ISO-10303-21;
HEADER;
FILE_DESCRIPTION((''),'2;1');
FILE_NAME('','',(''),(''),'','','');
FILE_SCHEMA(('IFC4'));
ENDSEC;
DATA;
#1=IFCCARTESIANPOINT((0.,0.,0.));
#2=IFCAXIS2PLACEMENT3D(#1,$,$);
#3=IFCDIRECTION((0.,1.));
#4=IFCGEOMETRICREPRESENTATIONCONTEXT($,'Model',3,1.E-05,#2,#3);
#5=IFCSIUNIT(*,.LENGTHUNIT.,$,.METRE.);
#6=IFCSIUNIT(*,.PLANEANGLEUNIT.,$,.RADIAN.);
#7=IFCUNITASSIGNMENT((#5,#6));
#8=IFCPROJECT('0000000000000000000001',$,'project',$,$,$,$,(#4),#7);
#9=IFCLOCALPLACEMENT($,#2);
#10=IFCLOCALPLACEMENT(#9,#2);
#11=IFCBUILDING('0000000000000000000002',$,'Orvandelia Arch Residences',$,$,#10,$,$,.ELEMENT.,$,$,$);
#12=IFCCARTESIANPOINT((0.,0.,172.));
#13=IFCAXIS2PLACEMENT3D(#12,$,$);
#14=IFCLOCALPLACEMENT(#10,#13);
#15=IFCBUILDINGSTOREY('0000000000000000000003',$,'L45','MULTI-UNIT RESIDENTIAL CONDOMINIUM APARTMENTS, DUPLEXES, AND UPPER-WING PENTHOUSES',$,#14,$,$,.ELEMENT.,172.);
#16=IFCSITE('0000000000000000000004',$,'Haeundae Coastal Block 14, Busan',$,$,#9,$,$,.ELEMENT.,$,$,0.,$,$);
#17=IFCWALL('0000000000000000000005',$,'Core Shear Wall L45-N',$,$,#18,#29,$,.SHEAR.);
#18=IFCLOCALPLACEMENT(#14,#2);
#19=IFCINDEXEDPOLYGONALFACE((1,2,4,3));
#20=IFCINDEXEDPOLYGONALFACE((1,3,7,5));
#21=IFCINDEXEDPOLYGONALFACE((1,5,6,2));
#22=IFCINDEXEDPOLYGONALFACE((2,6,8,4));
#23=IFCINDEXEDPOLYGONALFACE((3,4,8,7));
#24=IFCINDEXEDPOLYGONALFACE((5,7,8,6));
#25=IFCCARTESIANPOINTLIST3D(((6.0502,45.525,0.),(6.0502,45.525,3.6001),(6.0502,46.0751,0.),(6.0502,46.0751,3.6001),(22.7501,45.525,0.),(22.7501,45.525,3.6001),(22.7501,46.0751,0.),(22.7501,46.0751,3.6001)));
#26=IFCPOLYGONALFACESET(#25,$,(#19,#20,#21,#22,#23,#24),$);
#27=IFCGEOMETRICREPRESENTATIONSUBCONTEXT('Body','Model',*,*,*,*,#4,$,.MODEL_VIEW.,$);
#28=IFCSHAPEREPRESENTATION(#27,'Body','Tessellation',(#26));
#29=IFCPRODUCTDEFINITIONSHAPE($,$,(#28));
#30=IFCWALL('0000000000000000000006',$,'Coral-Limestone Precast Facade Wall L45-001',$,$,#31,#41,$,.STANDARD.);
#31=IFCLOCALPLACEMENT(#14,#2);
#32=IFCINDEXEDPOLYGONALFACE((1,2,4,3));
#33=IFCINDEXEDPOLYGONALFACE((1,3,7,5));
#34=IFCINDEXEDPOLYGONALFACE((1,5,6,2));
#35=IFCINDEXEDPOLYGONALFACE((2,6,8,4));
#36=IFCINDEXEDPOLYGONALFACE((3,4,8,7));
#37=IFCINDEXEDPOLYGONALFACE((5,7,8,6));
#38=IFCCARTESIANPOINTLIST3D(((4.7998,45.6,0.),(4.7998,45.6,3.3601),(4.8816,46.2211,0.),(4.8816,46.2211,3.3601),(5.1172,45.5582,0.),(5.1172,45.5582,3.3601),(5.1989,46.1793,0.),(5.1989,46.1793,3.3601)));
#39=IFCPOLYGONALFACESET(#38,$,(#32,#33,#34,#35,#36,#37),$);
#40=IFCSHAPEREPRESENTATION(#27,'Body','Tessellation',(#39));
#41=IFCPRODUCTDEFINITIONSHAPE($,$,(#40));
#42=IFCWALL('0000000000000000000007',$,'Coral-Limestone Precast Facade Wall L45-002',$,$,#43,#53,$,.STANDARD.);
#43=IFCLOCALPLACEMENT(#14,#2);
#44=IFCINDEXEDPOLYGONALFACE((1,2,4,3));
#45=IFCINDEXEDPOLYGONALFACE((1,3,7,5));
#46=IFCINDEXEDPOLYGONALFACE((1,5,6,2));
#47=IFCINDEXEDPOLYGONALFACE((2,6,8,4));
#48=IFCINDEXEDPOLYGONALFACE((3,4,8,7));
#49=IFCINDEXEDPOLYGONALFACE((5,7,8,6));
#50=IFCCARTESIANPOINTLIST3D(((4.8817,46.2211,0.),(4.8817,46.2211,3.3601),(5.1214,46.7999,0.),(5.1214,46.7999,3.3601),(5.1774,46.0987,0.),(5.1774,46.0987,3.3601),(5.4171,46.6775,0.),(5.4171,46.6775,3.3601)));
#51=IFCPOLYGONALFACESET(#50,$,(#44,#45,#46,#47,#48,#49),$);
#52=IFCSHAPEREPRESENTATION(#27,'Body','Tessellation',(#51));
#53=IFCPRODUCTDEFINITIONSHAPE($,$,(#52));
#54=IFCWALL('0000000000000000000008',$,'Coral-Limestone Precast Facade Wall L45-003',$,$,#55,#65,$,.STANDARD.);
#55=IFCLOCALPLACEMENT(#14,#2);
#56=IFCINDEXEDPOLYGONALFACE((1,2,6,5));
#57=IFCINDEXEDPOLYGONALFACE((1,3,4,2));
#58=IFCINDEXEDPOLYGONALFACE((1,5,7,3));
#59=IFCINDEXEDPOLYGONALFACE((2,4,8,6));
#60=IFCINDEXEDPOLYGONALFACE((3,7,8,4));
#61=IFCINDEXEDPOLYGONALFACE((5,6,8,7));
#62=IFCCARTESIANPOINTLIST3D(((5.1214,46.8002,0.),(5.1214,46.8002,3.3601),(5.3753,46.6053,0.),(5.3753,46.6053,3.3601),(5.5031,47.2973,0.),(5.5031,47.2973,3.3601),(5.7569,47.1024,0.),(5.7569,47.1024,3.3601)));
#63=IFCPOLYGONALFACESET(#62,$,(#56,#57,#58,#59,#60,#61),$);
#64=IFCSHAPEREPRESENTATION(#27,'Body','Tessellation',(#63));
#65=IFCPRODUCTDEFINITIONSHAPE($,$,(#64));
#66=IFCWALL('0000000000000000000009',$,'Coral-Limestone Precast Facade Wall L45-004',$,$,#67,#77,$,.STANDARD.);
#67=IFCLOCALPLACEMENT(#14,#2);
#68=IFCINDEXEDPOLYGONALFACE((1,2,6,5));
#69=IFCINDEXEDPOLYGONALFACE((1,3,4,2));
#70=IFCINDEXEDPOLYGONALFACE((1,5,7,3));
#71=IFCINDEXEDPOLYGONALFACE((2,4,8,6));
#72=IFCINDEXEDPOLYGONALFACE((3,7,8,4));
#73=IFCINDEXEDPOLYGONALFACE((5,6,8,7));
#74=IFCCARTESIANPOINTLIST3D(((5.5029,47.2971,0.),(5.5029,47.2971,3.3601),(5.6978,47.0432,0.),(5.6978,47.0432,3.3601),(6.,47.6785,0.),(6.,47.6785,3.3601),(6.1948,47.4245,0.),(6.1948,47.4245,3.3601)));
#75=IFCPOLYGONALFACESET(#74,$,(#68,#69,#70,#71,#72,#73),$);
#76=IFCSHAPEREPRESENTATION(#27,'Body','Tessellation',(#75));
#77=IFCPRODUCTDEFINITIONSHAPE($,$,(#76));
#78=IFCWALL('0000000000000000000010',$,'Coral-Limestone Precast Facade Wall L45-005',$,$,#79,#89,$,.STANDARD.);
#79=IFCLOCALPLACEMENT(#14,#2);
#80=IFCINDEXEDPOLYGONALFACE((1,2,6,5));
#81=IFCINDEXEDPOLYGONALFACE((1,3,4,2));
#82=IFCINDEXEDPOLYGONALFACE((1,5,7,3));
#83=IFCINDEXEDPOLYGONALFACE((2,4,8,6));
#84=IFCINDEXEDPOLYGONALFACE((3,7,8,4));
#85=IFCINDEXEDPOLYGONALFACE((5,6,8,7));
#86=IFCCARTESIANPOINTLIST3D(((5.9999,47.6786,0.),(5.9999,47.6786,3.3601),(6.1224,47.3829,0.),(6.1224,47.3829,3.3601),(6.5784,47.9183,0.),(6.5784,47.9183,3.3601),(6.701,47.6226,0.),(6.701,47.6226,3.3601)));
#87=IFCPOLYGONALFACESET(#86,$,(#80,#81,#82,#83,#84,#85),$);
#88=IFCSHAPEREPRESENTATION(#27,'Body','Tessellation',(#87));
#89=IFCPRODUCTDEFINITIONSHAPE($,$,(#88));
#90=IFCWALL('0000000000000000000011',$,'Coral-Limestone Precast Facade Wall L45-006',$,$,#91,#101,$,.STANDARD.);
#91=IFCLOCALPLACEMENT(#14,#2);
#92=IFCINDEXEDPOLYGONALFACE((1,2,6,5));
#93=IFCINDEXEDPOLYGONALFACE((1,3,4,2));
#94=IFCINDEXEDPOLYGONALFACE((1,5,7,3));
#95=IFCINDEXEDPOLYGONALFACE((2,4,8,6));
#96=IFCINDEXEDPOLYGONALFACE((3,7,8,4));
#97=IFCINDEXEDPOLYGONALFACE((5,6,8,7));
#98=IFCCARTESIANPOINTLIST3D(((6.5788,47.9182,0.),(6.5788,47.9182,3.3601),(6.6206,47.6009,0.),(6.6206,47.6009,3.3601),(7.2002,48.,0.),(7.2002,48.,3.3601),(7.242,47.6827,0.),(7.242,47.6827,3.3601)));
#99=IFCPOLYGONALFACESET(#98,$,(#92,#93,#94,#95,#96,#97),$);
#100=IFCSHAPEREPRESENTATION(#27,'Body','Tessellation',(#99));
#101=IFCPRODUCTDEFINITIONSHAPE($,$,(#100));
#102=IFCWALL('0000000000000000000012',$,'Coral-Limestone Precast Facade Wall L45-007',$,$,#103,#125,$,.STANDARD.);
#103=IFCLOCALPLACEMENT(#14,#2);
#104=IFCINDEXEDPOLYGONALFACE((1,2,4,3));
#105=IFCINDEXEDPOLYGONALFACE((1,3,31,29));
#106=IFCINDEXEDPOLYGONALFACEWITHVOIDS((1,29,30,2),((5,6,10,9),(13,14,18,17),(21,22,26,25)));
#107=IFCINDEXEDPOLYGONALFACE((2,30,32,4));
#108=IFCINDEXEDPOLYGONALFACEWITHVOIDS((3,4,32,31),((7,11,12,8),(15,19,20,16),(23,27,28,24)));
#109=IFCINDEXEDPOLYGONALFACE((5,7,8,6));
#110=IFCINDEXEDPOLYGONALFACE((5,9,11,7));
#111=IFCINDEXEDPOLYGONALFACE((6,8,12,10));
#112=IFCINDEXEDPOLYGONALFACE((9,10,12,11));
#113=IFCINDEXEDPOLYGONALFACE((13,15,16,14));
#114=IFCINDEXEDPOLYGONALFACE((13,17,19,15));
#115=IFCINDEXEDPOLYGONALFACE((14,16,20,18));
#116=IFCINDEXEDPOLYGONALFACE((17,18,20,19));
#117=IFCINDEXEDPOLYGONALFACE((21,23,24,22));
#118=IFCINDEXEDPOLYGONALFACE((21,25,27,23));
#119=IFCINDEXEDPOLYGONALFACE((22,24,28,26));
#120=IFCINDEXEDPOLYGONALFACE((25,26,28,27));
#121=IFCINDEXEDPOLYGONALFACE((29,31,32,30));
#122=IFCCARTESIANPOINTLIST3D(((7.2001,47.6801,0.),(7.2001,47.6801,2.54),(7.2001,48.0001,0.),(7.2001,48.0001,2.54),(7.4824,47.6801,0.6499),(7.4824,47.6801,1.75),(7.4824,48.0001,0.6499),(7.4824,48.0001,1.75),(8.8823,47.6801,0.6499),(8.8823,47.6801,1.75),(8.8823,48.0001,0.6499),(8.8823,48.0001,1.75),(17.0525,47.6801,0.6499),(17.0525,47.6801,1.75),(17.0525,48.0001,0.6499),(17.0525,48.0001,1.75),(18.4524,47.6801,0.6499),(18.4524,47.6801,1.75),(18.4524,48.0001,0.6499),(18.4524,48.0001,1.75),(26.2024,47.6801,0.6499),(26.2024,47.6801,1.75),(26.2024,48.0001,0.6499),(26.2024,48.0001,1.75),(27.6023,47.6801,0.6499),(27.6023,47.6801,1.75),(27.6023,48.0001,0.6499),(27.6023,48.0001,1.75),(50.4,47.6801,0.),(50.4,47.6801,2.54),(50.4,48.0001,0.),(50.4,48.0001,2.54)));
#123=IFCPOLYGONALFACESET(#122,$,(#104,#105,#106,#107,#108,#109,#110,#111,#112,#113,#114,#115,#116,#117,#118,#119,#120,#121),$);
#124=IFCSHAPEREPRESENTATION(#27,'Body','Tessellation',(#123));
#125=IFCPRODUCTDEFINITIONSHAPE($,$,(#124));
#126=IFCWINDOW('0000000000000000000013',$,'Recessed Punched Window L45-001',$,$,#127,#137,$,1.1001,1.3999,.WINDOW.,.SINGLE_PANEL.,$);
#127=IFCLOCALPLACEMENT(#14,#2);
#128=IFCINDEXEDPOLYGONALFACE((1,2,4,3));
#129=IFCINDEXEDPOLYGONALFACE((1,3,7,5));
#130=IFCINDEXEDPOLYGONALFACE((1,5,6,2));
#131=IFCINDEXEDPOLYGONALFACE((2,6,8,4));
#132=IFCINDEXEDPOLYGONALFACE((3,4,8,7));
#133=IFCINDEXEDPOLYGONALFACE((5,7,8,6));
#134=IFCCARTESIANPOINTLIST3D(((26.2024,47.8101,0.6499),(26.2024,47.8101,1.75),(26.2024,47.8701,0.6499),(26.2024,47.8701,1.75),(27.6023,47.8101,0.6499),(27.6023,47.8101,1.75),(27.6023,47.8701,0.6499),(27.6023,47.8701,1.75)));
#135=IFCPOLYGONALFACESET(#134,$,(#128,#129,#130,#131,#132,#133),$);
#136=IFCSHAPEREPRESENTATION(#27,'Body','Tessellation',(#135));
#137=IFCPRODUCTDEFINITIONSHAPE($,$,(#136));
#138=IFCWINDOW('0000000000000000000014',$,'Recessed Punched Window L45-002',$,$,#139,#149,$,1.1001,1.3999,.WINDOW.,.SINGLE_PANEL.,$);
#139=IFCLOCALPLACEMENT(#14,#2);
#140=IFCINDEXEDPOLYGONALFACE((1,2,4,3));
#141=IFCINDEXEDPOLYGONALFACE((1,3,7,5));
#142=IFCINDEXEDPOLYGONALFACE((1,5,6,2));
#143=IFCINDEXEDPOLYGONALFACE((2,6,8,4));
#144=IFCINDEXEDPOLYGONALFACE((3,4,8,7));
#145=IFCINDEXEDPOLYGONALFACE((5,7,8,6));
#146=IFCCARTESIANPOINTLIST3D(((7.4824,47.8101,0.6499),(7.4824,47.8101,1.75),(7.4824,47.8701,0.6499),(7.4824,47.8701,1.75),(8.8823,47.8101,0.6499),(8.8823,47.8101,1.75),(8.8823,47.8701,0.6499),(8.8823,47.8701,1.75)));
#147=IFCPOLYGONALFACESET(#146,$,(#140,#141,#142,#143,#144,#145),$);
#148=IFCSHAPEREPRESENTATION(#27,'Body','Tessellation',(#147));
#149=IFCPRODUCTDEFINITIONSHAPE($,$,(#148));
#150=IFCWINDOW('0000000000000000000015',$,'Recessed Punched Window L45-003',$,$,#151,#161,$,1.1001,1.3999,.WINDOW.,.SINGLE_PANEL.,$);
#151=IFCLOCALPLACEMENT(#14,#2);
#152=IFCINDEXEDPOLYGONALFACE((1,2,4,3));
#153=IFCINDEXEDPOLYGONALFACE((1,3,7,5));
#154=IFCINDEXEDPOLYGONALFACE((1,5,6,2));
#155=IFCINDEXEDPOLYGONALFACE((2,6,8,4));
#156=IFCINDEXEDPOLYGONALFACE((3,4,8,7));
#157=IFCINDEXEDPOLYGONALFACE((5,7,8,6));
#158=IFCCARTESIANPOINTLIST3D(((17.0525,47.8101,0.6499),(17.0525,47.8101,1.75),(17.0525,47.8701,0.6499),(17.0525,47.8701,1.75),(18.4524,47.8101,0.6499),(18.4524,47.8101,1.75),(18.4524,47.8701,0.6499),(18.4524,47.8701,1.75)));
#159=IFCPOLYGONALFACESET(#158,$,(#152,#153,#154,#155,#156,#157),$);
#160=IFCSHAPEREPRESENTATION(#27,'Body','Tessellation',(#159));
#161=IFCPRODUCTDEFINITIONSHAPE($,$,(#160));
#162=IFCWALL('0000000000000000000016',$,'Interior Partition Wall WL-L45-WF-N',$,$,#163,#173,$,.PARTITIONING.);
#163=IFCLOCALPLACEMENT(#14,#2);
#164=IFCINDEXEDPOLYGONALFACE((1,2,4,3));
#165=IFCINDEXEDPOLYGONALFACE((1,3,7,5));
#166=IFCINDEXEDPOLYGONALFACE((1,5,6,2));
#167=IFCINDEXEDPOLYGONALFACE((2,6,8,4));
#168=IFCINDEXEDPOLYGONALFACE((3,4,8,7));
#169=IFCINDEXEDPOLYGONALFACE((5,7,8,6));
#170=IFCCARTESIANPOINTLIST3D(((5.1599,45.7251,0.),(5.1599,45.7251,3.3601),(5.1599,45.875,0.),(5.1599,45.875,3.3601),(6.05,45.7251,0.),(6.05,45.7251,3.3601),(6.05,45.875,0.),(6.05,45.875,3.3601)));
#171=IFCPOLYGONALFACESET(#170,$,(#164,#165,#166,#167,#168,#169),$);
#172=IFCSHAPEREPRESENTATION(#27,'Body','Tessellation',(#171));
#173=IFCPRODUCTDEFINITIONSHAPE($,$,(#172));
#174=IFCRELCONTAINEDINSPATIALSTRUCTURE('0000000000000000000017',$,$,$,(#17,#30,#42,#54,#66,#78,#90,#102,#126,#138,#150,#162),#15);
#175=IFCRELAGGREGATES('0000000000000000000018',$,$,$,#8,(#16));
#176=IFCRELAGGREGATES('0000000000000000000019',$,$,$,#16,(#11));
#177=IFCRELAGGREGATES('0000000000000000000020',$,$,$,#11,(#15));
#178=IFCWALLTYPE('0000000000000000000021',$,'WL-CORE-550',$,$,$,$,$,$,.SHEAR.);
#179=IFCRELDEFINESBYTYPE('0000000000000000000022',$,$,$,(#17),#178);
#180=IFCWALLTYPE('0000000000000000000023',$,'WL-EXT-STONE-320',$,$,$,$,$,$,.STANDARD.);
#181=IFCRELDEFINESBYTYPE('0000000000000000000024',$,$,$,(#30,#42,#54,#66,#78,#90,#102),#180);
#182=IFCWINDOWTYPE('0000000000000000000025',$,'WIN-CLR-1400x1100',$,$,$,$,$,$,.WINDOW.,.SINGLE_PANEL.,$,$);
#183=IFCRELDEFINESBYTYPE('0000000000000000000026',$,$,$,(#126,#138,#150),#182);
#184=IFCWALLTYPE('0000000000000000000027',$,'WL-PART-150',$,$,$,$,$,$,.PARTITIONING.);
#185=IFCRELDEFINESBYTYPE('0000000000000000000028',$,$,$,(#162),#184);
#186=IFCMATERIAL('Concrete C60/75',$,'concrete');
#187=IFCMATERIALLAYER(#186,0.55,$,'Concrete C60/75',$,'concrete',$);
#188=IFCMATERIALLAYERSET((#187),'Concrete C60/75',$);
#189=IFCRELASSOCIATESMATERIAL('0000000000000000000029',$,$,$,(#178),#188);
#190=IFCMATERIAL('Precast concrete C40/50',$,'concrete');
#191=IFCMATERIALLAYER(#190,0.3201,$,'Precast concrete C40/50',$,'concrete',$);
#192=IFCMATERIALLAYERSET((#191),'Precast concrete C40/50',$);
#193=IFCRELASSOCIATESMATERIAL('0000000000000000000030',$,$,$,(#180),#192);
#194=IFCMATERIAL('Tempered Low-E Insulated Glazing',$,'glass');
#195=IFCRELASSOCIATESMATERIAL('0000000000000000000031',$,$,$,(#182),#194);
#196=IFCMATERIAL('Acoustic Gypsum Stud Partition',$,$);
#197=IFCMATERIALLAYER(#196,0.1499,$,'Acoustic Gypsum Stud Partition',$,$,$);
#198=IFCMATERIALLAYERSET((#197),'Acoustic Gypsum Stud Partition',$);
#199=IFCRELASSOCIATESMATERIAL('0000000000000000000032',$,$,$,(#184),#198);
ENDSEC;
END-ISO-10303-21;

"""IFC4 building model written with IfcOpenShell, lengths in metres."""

from ifc_helpers import new_model, si_unit, direction, frame, frame_2d, origin, place, context, subcontext, project, spatial, rectangle, extrude, material, layer, layer_set, type_object, element, fill, save


model = new_model("IFC4")

# Units and contexts
model_context = context("Model", 3, precision=1e-05, world=origin(), true_north=direction((0.0, 1.0)))
body_context = subcontext(model_context, "Body", "Model", "MODEL_VIEW")
ifc_project = project(units=[si_unit("LENGTHUNIT", "METRE"), si_unit("PLANEANGLEUNIT", "RADIAN")], contexts=[model_context])

# Site, building, storey
site_placement = place(None, origin())
site = spatial("IfcSite", under=ifc_project, at=site_placement, Name="Haeundae Coastal Block 14, Busan", CompositionType="ELEMENT", RefElevation=0.0)
building_placement = place(site_placement, origin())
building = spatial("IfcBuilding", under=site, at=building_placement, Name="Orvandelia Arch Residences", CompositionType="ELEMENT")
storey_placement = place(building_placement, frame((0.0, 0.0, 172.0)))
storey = spatial("IfcBuildingStorey", under=building, at=storey_placement, Name="L45", Description="MULTI-UNIT RESIDENTIAL CONDOMINIUM APARTMENTS, DUPLEXES, AND UPPER-WING PENTHOUSES", CompositionType="ELEMENT", Elevation=172.0)

# Shared definitions
ifc_material_1 = material(Name="Concrete C60/75", Category="concrete")

# Walls
ifc_layer_1 = layer(ifc_material_1, 0.55, Name="Concrete C60/75", Category="concrete")
ifc_layer_set_1 = layer_set([ifc_layer_1], Name="Concrete C60/75")
wall_type_1 = type_object("IfcWallType", Name="WL-CORE-550", PredefinedType="SHEAR", material=ifc_layer_set_1)
wall_1_placement = place(storey_placement, frame((6.05, 45.8, 0.0), z_axis=(0.0, 0.0, 1.0), x_axis=(1.0, 0.0, 0.0)))
element("IfcWall", 1, at=wall_1_placement, inside=storey, type_object=wall_type_1, Name="Core Shear Wall L45-N", PredefinedType="SHEAR", context=body_context, shape_type="SweptSolid", body=[
    extrude(rectangle(XDim=16.7, YDim=0.55, at=frame_2d((8.3501, 0.0))), origin(), (0.0, 0.0, 1.0), 3.6001),
])
ifc_material_2 = material(Name="Precast concrete C40/50", Category="concrete")
ifc_layer_2 = layer(ifc_material_2, 0.3201, Name="Precast concrete C40/50", Category="concrete")
ifc_layer_set_2 = layer_set([ifc_layer_2], Name="Precast concrete C40/50")
wall_type_2 = type_object("IfcWallType", Name="WL-EXT-STONE-320", PredefinedType="STANDARD", material=ifc_layer_set_2)
for number, where, z_axis, x_axis, name in (
    (2, (4.9585, 45.5791, 0.0), (0.0, 0.0, 1.0), (0.130555, 0.991441, 0.0), "Coral-Limestone Precast Facade Wall L45-001"),
    (3, (5.0295, 46.1599, 0.0), (0.0, 0.0, 1.0), (0.38265, 0.923893, 0.0), "Coral-Limestone Precast Facade Wall L45-002"),
):
    element("IfcWall", number, at=place(storey_placement, frame(where, z_axis=z_axis, x_axis=x_axis)), inside=storey, type_object=wall_type_2, Name=name, PredefinedType="STANDARD", context=body_context, shape_type="SweptSolid", body=[
        extrude(rectangle(XDim=0.6265, YDim=0.3201, at=frame_2d((0.3132, 0.0))), origin(), (0.0, 0.0, 1.0), 3.3601),
    ])
wall_2_placement = place(storey_placement, frame((5.2483, 46.7026, 0.0), z_axis=(0.0, 0.0, 1.0), x_axis=(0.608939, 0.793217, 0.0)))
element("IfcWall", 4, at=wall_2_placement, inside=storey, type_object=wall_type_2, Name="Coral-Limestone Precast Facade Wall L45-003", PredefinedType="STANDARD", context=body_context, shape_type="SweptSolid", body=[
    extrude(rectangle(XDim=0.6267, YDim=0.3201, at=frame_2d((0.3135, 0.0))), origin(), (0.0, 0.0, 1.0), 3.3601),
])
wall_3_placement = place(storey_placement, frame((5.6003, 47.1702, 0.0), z_axis=(0.0, 0.0, 1.0), x_axis=(0.793406, 0.608693, 0.0)))
element("IfcWall", 5, at=wall_3_placement, inside=storey, type_object=wall_type_2, Name="Coral-Limestone Precast Facade Wall L45-004", PredefinedType="STANDARD", context=body_context, shape_type="SweptSolid", body=[
    extrude(rectangle(XDim=0.6265, YDim=0.3201, at=frame_2d((0.3132, 0.0))), origin(), (0.0, 0.0, 1.0), 3.3601),
])
wall_4_placement = place(storey_placement, frame((6.0613, 47.5308, 0.0), z_axis=(0.0, 0.0, 1.0), x_axis=(0.923836, 0.382788, 0.0)))
element("IfcWall", 6, at=wall_4_placement, inside=storey, type_object=wall_type_2, Name="Coral-Limestone Precast Facade Wall L45-005", PredefinedType="STANDARD", context=body_context, shape_type="SweptSolid", body=[
    extrude(rectangle(XDim=0.6262, YDim=0.3201, at=frame_2d((0.313, 0.0))), origin(), (0.0, 0.0, 1.0), 3.3601),
])
wall_5_placement = place(storey_placement, frame((6.5996, 47.7595, 0.0), z_axis=(0.0, 0.0, 1.0), x_axis=(0.991448, 0.130505, 0.0)))
element("IfcWall", 7, at=wall_5_placement, inside=storey, type_object=wall_type_2, Name="Coral-Limestone Precast Facade Wall L45-006", PredefinedType="STANDARD", context=body_context, shape_type="SweptSolid", body=[
    extrude(rectangle(XDim=0.6267, YDim=0.3201, at=frame_2d((0.3135, 0.0))), origin(), (0.0, 0.0, 1.0), 3.3601),
])

# Wall, openings, windows
wall_6_placement = place(storey_placement, frame((7.2, 47.8401, 0.0), z_axis=(0.0, 0.0, 1.0), x_axis=(1.0, 0.0, 0.0)))
wall_6 = element("IfcWall", 8, at=wall_6_placement, inside=storey, type_object=wall_type_2, Name="Coral-Limestone Precast Facade Wall L45-007", PredefinedType="STANDARD", context=body_context, shape_type="SweptSolid", body=[
    extrude(rectangle(XDim=43.2, YDim=0.3201, at=frame_2d((21.6001, 0.0))), origin(), (0.0, 0.0, 1.0), 2.54),
])
opening_1_placement = place(wall_6_placement, frame((19.0024, 0.0, 0.6499)))
opening_1 = element("IfcOpeningElement", 9, at=opening_1_placement, cuts=wall_6, PredefinedType="OPENING", context=body_context, shape_type="SweptSolid", body=[
    extrude(rectangle(XDim=1.3999, YDim=1.1001, at=frame_2d((0.7, 0.55))), frame((0.0, 0.1699, 0.0), z_axis=(0.0, -1.0, 0.0), x_axis=(1.0, 0.0, 0.0)), (0.0, 0.0, 1.0), 0.3401),
])
opening_2_placement = place(wall_6_placement, frame((0.2825, 0.0, 0.6499)))
opening_2 = element("IfcOpeningElement", 10, at=opening_2_placement, cuts=wall_6, PredefinedType="OPENING", context=body_context, shape_type="SweptSolid", body=[
    extrude(rectangle(XDim=1.3999, YDim=1.1001, at=frame_2d((0.7, 0.55))), frame((0.0, 0.1699, 0.0), z_axis=(0.0, -1.0, 0.0), x_axis=(1.0, 0.0, 0.0)), (0.0, 0.0, 1.0), 0.3401),
])
opening_3_placement = place(wall_6_placement, frame((9.8525, 0.0, 0.6499)))
opening_3 = element("IfcOpeningElement", 11, at=opening_3_placement, cuts=wall_6, PredefinedType="OPENING", context=body_context, shape_type="SweptSolid", body=[
    extrude(rectangle(XDim=1.3999, YDim=1.1001, at=frame_2d((0.7, 0.55))), frame((0.0, 0.1699, 0.0), z_axis=(0.0, -1.0, 0.0), x_axis=(1.0, 0.0, 0.0)), (0.0, 0.0, 1.0), 0.3401),
])
ifc_material_3 = material(Name="Tempered Low-E Insulated Glazing", Category="glass")
window_type = type_object("IfcWindowType", Name="WIN-CLR-1400x1100", PartitioningType="SINGLE_PANEL", PredefinedType="WINDOW", material=ifc_material_3)
window_1_placement = place(opening_1_placement, origin())
window_1 = element("IfcWindow", 12, at=window_1_placement, inside=storey, type_object=window_type, Name="Recessed Punched Window L45-001", OverallHeight=1.1001, OverallWidth=1.3999, PartitioningType="SINGLE_PANEL", PredefinedType="WINDOW", context=body_context, shape_type="SweptSolid", body=[
    extrude(rectangle(XDim=1.3999, YDim=1.1001, at=frame_2d((0.7, 0.55))), frame((0.0, 0.03, 0.0), z_axis=(0.0, -1.0, 0.0), x_axis=(1.0, 0.0, 0.0)), (0.0, 0.0, 1.0), 0.0601),
])
fill(opening_1, window_1)
window_2_placement = place(opening_2_placement, origin())
window_2 = element("IfcWindow", 13, at=window_2_placement, inside=storey, type_object=window_type, Name="Recessed Punched Window L45-002", OverallHeight=1.1001, OverallWidth=1.3999, PartitioningType="SINGLE_PANEL", PredefinedType="WINDOW", context=body_context, shape_type="SweptSolid", body=[
    extrude(rectangle(XDim=1.3999, YDim=1.1001, at=frame_2d((0.7, 0.55))), frame((0.0, 0.03, 0.0), z_axis=(0.0, -1.0, 0.0), x_axis=(1.0, 0.0, 0.0)), (0.0, 0.0, 1.0), 0.0601),
])
fill(opening_2, window_2)
window_3_placement = place(opening_3_placement, origin())
window_3 = element("IfcWindow", 14, at=window_3_placement, inside=storey, type_object=window_type, Name="Recessed Punched Window L45-003", OverallHeight=1.1001, OverallWidth=1.3999, PartitioningType="SINGLE_PANEL", PredefinedType="WINDOW", context=body_context, shape_type="SweptSolid", body=[
    extrude(rectangle(XDim=1.3999, YDim=1.1001, at=frame_2d((0.7, 0.55))), frame((0.0, 0.03, 0.0), z_axis=(0.0, -1.0, 0.0), x_axis=(1.0, 0.0, 0.0)), (0.0, 0.0, 1.0), 0.0601),
])
fill(opening_3, window_3)

# Wall
ifc_material_4 = material(Name="Acoustic Gypsum Stud Partition")
ifc_layer_3 = layer(ifc_material_4, 0.1499, Name="Acoustic Gypsum Stud Partition")
ifc_layer_set_3 = layer_set([ifc_layer_3], Name="Acoustic Gypsum Stud Partition")
wall_type_3 = type_object("IfcWallType", Name="WL-PART-150", PredefinedType="PARTITIONING", material=ifc_layer_set_3)
wall_7_placement = place(storey_placement, frame((5.1599, 45.8, 0.0), z_axis=(0.0, 0.0, 1.0), x_axis=(1.0, 0.0, 0.0)))
element("IfcWall", 15, at=wall_7_placement, inside=storey, type_object=wall_type_3, Name="Interior Partition Wall WL-L45-WF-N", PredefinedType="PARTITIONING", context=body_context, shape_type="SweptSolid", body=[
    extrude(rectangle(XDim=0.8901, YDim=0.1499, at=frame_2d((0.4451, 0.0))), origin(), (0.0, 0.0, 1.0), 3.3601),
])

save(model, "model.ifc")
